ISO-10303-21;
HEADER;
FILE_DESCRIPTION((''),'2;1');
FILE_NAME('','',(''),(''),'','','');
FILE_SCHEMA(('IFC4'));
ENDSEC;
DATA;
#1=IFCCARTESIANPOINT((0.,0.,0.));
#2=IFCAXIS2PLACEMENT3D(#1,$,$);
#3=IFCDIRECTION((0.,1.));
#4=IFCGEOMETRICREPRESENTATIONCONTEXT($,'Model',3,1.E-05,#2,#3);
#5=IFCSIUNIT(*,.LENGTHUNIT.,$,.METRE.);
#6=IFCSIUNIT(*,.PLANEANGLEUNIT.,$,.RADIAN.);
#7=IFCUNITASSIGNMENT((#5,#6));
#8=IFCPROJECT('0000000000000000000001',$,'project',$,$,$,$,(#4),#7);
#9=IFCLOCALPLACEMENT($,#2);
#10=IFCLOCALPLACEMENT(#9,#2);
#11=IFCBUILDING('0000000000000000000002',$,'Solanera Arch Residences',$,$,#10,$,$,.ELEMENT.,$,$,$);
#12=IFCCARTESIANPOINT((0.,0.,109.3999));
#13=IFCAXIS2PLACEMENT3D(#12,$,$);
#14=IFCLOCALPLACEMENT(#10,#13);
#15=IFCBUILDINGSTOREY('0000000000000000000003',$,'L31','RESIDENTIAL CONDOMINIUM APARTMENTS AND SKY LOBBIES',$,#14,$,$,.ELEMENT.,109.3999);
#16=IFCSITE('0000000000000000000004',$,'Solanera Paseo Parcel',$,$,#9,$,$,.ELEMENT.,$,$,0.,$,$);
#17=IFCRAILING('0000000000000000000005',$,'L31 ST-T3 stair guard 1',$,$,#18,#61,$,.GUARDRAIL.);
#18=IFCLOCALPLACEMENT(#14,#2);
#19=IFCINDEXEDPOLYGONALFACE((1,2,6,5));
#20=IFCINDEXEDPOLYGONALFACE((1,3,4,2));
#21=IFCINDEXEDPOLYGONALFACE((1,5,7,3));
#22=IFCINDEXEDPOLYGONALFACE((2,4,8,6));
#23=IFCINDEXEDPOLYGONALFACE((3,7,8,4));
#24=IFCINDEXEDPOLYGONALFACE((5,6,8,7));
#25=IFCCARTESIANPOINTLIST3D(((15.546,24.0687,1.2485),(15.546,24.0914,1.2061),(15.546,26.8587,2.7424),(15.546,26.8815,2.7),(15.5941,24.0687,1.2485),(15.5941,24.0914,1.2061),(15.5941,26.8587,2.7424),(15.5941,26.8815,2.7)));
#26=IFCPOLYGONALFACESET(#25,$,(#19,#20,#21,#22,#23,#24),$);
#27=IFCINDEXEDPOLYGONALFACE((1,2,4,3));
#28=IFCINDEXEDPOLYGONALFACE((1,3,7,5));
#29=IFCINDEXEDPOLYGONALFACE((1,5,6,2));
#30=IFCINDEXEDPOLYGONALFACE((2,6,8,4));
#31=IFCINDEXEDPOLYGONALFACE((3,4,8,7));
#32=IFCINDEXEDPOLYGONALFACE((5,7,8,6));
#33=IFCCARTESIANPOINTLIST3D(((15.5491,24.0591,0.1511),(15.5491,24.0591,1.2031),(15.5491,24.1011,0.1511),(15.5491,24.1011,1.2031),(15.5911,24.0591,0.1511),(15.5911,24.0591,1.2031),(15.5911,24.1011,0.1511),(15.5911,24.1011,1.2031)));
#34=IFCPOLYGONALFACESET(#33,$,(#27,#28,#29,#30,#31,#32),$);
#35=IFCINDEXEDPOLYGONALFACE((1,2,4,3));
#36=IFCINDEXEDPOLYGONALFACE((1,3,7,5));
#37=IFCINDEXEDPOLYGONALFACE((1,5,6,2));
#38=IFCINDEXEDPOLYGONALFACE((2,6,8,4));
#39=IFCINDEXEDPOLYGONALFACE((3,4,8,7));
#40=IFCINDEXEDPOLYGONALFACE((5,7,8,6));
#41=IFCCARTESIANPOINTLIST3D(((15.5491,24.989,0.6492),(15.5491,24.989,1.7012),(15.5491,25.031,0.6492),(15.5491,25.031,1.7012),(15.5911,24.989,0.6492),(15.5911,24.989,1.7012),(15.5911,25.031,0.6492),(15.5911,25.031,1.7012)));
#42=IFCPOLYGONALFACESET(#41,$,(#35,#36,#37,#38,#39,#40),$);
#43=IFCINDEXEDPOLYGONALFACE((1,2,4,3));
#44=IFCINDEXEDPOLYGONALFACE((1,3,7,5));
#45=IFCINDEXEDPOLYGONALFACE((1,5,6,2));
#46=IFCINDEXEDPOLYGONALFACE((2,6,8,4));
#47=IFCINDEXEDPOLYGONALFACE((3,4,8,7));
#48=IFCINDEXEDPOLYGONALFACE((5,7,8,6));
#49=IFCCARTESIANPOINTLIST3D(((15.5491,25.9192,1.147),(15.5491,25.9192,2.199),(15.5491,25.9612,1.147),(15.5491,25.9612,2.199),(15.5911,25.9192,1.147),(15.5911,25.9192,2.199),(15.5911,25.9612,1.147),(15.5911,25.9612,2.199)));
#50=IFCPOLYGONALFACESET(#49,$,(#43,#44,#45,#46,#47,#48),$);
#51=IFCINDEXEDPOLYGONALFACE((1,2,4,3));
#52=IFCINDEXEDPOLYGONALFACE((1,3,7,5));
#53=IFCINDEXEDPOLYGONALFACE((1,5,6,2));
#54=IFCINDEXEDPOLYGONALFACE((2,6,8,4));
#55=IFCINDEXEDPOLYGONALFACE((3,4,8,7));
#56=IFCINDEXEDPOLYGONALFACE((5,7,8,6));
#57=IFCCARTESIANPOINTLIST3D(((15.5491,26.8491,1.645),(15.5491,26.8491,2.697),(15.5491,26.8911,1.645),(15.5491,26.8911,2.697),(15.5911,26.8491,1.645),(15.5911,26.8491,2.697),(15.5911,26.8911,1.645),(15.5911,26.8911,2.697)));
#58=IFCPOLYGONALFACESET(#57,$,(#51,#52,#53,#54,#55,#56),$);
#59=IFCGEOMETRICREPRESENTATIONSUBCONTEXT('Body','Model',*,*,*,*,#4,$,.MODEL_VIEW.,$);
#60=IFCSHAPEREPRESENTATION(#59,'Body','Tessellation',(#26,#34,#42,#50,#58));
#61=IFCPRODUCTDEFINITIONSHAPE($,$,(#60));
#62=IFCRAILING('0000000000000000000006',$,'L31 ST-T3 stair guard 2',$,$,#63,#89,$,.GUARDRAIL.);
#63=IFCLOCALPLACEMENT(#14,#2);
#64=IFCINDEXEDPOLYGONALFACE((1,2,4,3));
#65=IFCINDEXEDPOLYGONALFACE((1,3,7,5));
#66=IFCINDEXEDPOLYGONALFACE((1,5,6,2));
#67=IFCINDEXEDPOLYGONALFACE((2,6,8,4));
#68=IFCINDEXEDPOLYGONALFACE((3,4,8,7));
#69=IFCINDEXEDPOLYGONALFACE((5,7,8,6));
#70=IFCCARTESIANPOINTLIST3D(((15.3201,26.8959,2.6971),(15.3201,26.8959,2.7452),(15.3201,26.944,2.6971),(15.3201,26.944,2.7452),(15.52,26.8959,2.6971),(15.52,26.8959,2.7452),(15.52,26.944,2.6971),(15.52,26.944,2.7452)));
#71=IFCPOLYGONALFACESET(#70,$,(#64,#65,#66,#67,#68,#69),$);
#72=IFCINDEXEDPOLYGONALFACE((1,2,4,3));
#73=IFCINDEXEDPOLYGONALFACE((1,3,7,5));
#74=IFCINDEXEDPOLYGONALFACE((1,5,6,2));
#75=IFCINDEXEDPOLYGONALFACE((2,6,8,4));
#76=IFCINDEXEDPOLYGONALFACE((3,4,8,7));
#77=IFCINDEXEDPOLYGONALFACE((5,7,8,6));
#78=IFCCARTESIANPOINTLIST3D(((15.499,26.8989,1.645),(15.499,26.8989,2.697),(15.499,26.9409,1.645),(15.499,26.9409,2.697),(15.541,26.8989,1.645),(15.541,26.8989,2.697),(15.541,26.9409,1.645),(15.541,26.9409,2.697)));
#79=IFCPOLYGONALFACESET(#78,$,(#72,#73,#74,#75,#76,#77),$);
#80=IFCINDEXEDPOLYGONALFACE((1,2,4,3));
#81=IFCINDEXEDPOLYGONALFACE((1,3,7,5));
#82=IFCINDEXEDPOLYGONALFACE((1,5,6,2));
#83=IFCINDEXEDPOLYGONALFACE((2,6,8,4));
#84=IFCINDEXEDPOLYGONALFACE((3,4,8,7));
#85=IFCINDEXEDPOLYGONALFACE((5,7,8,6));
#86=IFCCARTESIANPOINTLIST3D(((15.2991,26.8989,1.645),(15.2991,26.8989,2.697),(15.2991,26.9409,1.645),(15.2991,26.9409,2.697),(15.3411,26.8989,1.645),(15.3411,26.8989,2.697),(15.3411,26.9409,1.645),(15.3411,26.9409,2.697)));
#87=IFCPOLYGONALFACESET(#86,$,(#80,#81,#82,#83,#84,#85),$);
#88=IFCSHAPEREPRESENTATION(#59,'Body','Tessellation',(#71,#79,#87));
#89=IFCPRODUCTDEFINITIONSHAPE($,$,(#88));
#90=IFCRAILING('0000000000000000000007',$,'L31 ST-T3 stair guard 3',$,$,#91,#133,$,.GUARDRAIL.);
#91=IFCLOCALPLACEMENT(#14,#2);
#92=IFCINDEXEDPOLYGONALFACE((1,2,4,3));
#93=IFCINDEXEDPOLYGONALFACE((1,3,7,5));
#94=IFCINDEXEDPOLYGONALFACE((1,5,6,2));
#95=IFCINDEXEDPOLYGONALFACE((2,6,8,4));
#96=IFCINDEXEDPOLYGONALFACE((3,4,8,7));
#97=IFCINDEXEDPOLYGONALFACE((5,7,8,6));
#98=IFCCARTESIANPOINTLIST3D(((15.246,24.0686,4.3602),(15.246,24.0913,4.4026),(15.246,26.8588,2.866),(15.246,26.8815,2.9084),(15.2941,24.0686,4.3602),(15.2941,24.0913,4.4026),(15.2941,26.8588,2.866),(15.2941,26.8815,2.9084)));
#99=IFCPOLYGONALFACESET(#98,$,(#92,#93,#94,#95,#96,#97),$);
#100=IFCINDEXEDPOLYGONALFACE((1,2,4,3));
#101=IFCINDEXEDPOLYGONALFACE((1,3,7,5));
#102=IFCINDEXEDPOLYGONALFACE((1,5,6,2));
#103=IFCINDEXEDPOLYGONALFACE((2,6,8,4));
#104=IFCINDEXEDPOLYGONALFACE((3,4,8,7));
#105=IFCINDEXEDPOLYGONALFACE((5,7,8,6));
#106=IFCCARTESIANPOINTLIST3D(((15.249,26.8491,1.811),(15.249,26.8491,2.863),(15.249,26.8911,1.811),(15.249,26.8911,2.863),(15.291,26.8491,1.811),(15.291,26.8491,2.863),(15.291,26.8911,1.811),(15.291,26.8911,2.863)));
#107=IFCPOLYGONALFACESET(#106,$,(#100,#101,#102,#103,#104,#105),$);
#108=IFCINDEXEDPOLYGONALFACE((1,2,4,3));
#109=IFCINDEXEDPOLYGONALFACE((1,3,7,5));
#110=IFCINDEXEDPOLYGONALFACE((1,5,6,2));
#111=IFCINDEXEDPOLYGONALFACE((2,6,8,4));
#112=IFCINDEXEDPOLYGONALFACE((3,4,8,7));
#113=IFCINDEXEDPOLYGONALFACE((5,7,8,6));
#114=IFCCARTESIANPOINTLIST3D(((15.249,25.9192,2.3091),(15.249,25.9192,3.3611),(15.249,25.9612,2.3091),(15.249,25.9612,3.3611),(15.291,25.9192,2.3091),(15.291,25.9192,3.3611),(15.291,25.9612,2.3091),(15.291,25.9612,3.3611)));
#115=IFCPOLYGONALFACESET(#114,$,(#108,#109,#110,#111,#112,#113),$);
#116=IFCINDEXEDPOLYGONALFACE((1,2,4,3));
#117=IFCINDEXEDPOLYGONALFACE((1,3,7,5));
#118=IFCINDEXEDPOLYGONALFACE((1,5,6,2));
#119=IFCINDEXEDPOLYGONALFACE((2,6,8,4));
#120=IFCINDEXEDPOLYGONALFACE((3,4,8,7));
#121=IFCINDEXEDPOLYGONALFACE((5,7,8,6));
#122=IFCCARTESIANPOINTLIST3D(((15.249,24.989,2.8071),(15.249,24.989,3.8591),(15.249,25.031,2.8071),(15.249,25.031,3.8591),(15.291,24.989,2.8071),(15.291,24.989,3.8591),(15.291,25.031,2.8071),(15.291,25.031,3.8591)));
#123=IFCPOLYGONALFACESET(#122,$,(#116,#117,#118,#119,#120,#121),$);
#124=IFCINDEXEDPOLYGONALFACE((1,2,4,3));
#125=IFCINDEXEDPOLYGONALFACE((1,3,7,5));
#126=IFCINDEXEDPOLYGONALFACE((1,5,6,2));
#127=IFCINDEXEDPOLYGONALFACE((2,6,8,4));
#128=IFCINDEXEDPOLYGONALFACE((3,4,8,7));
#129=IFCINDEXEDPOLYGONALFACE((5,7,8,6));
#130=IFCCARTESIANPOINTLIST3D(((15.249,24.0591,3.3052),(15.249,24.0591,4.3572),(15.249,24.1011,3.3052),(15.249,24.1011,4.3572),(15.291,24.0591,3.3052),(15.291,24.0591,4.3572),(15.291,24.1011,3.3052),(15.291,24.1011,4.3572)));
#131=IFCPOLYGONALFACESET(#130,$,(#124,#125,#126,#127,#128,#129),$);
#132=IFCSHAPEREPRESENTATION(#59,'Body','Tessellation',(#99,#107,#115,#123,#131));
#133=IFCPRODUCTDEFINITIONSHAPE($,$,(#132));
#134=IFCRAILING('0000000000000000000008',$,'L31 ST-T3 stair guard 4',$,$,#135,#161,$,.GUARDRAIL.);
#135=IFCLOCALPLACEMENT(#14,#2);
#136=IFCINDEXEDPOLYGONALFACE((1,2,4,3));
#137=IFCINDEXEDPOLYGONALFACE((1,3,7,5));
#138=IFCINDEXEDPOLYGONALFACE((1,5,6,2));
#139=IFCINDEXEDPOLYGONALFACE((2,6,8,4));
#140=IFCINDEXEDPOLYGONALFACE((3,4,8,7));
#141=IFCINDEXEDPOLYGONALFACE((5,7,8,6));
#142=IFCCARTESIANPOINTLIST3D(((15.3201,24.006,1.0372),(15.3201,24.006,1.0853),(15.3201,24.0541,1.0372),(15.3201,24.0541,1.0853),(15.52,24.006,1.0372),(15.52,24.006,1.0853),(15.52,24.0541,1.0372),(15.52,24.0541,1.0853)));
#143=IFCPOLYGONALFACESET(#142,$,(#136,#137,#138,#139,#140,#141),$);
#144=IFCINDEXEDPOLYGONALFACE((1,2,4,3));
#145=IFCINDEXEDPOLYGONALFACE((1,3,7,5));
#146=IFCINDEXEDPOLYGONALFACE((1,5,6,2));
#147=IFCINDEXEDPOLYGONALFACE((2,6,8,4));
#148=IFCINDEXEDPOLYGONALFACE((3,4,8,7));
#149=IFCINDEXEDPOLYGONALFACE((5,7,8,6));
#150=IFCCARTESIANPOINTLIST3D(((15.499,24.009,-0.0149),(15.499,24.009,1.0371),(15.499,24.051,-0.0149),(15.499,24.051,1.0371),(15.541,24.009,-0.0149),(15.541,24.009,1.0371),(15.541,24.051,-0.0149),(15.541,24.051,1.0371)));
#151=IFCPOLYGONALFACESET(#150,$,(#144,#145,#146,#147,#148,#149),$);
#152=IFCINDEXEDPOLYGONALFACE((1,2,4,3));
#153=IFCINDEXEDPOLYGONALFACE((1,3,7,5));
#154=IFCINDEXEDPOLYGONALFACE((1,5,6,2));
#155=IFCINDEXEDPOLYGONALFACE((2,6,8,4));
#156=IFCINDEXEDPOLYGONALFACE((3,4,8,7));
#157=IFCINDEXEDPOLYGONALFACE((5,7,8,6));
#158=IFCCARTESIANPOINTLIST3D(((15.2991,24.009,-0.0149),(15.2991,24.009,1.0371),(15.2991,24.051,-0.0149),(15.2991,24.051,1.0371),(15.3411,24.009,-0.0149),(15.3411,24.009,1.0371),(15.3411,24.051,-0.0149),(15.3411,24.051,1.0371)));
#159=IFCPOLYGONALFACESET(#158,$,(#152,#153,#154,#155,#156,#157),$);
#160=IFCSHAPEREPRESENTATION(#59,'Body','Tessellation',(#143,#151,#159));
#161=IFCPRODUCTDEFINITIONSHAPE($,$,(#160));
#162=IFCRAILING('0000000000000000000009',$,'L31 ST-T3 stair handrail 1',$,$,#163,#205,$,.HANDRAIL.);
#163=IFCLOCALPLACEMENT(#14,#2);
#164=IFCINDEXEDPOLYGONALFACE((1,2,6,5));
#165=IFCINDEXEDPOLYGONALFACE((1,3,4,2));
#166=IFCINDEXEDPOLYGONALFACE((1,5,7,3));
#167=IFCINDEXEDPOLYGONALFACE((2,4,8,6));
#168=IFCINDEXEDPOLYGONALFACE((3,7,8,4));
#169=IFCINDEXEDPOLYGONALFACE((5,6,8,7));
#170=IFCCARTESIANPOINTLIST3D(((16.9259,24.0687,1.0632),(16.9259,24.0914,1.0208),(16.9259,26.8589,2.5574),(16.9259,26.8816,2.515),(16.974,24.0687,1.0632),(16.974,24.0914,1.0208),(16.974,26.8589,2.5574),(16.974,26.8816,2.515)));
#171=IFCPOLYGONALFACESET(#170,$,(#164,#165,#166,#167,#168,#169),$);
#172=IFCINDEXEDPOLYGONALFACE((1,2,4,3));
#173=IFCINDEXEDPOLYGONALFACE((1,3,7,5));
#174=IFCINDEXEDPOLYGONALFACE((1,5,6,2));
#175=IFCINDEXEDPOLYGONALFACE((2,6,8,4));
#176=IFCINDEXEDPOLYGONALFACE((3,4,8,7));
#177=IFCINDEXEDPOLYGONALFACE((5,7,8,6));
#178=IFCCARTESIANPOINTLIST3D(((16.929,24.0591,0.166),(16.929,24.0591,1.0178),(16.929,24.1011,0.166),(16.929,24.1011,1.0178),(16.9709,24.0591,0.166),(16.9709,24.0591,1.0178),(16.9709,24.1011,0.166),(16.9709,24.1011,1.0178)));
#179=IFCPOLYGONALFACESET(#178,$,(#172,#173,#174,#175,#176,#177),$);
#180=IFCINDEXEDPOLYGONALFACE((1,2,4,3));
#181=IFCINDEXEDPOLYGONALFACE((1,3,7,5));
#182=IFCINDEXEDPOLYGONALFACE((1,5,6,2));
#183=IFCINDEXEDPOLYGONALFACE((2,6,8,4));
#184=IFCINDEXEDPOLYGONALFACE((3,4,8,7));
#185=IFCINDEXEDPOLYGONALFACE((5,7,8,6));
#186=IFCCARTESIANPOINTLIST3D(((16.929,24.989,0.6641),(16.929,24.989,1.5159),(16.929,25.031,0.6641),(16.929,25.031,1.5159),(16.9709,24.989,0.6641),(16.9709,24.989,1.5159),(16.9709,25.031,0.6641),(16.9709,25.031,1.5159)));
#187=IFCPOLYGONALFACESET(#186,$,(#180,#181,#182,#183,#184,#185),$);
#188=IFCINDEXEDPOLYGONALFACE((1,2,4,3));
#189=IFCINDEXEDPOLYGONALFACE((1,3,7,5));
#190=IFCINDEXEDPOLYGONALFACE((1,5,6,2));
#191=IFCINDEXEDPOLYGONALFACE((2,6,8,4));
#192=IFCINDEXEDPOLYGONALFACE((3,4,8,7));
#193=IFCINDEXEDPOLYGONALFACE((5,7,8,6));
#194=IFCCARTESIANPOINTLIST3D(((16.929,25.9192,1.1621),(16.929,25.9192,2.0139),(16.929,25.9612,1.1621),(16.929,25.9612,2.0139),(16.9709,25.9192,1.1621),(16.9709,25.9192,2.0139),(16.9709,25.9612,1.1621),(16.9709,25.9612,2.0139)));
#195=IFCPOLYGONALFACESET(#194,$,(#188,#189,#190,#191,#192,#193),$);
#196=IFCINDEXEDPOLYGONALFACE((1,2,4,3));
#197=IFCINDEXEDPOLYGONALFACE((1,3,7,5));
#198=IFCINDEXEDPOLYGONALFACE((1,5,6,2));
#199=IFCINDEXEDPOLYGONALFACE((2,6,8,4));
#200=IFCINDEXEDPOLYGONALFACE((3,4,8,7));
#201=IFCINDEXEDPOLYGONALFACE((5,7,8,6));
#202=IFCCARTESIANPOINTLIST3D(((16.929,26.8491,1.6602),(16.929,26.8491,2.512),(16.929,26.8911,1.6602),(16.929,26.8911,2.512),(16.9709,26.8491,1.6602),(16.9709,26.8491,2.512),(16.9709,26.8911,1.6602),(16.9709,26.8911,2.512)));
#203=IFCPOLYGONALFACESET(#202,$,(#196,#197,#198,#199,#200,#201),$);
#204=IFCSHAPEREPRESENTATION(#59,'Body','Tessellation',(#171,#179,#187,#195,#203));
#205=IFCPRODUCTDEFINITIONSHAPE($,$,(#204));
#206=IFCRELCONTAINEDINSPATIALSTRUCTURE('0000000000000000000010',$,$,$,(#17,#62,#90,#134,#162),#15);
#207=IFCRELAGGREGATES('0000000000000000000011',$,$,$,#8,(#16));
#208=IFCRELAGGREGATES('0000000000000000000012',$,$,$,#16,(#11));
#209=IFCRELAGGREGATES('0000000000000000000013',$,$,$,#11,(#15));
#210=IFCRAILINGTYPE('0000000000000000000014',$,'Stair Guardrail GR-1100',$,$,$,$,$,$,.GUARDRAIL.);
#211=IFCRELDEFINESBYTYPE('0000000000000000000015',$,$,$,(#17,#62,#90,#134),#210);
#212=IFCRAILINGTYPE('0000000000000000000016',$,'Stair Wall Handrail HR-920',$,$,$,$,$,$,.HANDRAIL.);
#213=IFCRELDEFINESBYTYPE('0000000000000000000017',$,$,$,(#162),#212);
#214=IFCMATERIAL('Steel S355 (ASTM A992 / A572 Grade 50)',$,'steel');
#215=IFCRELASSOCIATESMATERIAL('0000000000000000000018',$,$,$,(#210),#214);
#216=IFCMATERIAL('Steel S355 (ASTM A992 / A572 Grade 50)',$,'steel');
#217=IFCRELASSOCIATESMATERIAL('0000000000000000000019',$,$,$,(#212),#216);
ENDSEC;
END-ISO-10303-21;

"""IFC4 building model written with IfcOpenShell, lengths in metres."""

from ifc_helpers import new_model, si_unit, direction, frame, origin, origin_2d, place, context, subcontext, project, spatial, rectangle, extrude, material, type_object, element, save


model = new_model("IFC4")

# Units and contexts
model_context = context("Model", 3, precision=1e-05, world=origin(), true_north=direction((0.0, 1.0)))
body_context = subcontext(model_context, "Body", "Model", "MODEL_VIEW")
ifc_project = project(units=[si_unit("LENGTHUNIT", "METRE"), si_unit("PLANEANGLEUNIT", "RADIAN")], contexts=[model_context])

# Site, building, storey
site_placement = place(None, origin())
site = spatial("IfcSite", under=ifc_project, at=site_placement, Name="Solanera Paseo Parcel", CompositionType="ELEMENT", RefElevation=0.0)
building_placement = place(site_placement, origin())
building = spatial("IfcBuilding", under=site, at=building_placement, Name="Solanera Arch Residences", CompositionType="ELEMENT")
storey_placement = place(building_placement, frame((0.0, 0.0, 109.3999)))
storey = spatial("IfcBuildingStorey", under=building, at=storey_placement, Name="L31", Description="RESIDENTIAL CONDOMINIUM APARTMENTS AND SKY LOBBIES", CompositionType="ELEMENT", Elevation=109.3999)

# Railings
ifc_material_1 = material(Name="Steel S355 (ASTM A992 / A572 Grade 50)", Category="steel")
railing_type_1 = type_object("IfcRailingType", Name="Stair Guardrail GR-1100", PredefinedType="GUARDRAIL", material=ifc_material_1)
railing_1_placement = place(storey_placement, frame((15.5701, 24.0801, 0.1511)))
element("IfcRailing", 1, at=railing_1_placement, inside=storey, type_object=railing_type_1, Name="L31 ST-T3 stair guard 1", PredefinedType="GUARDRAIL", context=body_context, shape_type="SweptSolid", body=[
    extrude(rectangle(XDim=0.0481, YDim=0.0481, at=origin_2d()), frame((0.0, 0.0, 1.0762), z_axis=(0.0, 0.881581, 0.472033), x_axis=(-1.0, 0.0, 0.0)), (0.0, 0.0, 1.0), 3.1648),
    extrude(rectangle(XDim=0.042, YDim=0.042, at=origin_2d()), origin(), (0.0, 0.0, 1.0), 1.052),
    extrude(rectangle(XDim=0.042, YDim=0.042, at=origin_2d()), frame((0.0, 0.9299, 0.498)), (0.0, 0.0, 1.0), 1.052),
    extrude(rectangle(XDim=0.042, YDim=0.042, at=origin_2d()), frame((0.0, 1.8601, 0.9958)), (0.0, 0.0, 1.0), 1.052),
    extrude(rectangle(XDim=0.042, YDim=0.042, at=origin_2d()), frame((0.0, 2.79, 1.4939)), (0.0, 0.0, 1.0), 1.052),
])
railing_2_placement = place(storey_placement, frame((15.52, 26.9199, 1.645)))
element("IfcRailing", 2, at=railing_2_placement, inside=storey, type_object=railing_type_1, Name="L31 ST-T3 stair guard 2", PredefinedType="GUARDRAIL", context=body_context, shape_type="SweptSolid", body=[
    extrude(rectangle(XDim=0.0481, YDim=0.0481, at=origin_2d()), frame((0.0, 0.0, 1.0762), z_axis=(-1.0, 0.0, 0.0), x_axis=(0.0, -1.0, 0.0)), (0.0, 0.0, 1.0), 0.2),
    extrude(rectangle(XDim=0.042, YDim=0.042, at=origin_2d()), origin(), (0.0, 0.0, 1.0), 1.052),
    extrude(rectangle(XDim=0.042, YDim=0.042, at=origin_2d()), frame((-0.2, 0.0, 0.0)), (0.0, 0.0, 1.0), 1.052),
])
railing_3_placement = place(storey_placement, frame((15.27, 26.8701, 1.811)))
element("IfcRailing", 3, at=railing_3_placement, inside=storey, type_object=railing_type_1, Name="L31 ST-T3 stair guard 3", PredefinedType="GUARDRAIL", context=body_context, shape_type="SweptSolid", body=[
    extrude(rectangle(XDim=0.0481, YDim=0.0481, at=origin_2d()), frame((0.0, 0.0, 1.0762), z_axis=(0.0, -0.881549, 0.472093), x_axis=(1.0, 0.0, 0.0)), (0.0, 0.0, 1.0), 3.165),
    extrude(rectangle(XDim=0.042, YDim=0.042, at=origin_2d()), origin(), (0.0, 0.0, 1.0), 1.052),
    extrude(rectangle(XDim=0.042, YDim=0.042, at=origin_2d()), frame((0.0, -0.9299, 0.498)), (0.0, 0.0, 1.0), 1.052),
    extrude(rectangle(XDim=0.042, YDim=0.042, at=origin_2d()), frame((0.0, -1.8601, 0.9961)), (0.0, 0.0, 1.0), 1.052),
    extrude(rectangle(XDim=0.042, YDim=0.042, at=origin_2d()), frame((0.0, -2.79, 1.4941)), (0.0, 0.0, 1.0), 1.052),
])
railing_4_placement = place(storey_placement, frame((15.52, 24.03, -0.0149)))
element("IfcRailing", 4, at=railing_4_placement, inside=storey, type_object=railing_type_1, Name="L31 ST-T3 stair guard 4", PredefinedType="GUARDRAIL", context=body_context, shape_type="SweptSolid", body=[
    extrude(rectangle(XDim=0.0481, YDim=0.0481, at=origin_2d()), frame((0.0, 0.0, 1.0762), z_axis=(-1.0, 0.0, 0.0), x_axis=(0.0, -1.0, 0.0)), (0.0, 0.0, 1.0), 0.2),
    extrude(rectangle(XDim=0.042, YDim=0.042, at=origin_2d()), origin(), (0.0, 0.0, 1.0), 1.052),
    extrude(rectangle(XDim=0.042, YDim=0.042, at=origin_2d()), frame((-0.2, 0.0, 0.0)), (0.0, 0.0, 1.0), 1.052),
])
ifc_material_2 = material(Name="Steel S355 (ASTM A992 / A572 Grade 50)", Category="steel")
railing_type_2 = type_object("IfcRailingType", Name="Stair Wall Handrail HR-920", PredefinedType="HANDRAIL", material=ifc_material_2)
railing_5_placement = place(storey_placement, frame((16.95, 24.0801, 0.166)))
element("IfcRailing", 5, at=railing_5_placement, inside=storey, type_object=railing_type_2, Name="L31 ST-T3 stair handrail 1", PredefinedType="HANDRAIL", context=body_context, shape_type="SweptSolid", body=[
    extrude(rectangle(XDim=0.0481, YDim=0.0481, at=origin_2d()), frame((0.0, 0.0, 0.876), z_axis=(0.0, 0.881549, 0.472093), x_axis=(-1.0, 0.0, 0.0)), (0.0, 0.0, 1.0), 3.165),
    extrude(rectangle(XDim=0.042, YDim=0.042, at=origin_2d()), origin(), (0.0, 0.0, 1.0), 0.8518),
    extrude(rectangle(XDim=0.042, YDim=0.042, at=origin_2d()), frame((0.0, 0.9299, 0.498)), (0.0, 0.0, 1.0), 0.8518),
    extrude(rectangle(XDim=0.042, YDim=0.042, at=origin_2d()), frame((0.0, 1.8601, 0.9961)), (0.0, 0.0, 1.0), 0.8518),
    extrude(rectangle(XDim=0.042, YDim=0.042, at=origin_2d()), frame((0.0, 2.79, 1.4941)), (0.0, 0.0, 1.0), 0.8518),
])

save(model, "model.ifc")
